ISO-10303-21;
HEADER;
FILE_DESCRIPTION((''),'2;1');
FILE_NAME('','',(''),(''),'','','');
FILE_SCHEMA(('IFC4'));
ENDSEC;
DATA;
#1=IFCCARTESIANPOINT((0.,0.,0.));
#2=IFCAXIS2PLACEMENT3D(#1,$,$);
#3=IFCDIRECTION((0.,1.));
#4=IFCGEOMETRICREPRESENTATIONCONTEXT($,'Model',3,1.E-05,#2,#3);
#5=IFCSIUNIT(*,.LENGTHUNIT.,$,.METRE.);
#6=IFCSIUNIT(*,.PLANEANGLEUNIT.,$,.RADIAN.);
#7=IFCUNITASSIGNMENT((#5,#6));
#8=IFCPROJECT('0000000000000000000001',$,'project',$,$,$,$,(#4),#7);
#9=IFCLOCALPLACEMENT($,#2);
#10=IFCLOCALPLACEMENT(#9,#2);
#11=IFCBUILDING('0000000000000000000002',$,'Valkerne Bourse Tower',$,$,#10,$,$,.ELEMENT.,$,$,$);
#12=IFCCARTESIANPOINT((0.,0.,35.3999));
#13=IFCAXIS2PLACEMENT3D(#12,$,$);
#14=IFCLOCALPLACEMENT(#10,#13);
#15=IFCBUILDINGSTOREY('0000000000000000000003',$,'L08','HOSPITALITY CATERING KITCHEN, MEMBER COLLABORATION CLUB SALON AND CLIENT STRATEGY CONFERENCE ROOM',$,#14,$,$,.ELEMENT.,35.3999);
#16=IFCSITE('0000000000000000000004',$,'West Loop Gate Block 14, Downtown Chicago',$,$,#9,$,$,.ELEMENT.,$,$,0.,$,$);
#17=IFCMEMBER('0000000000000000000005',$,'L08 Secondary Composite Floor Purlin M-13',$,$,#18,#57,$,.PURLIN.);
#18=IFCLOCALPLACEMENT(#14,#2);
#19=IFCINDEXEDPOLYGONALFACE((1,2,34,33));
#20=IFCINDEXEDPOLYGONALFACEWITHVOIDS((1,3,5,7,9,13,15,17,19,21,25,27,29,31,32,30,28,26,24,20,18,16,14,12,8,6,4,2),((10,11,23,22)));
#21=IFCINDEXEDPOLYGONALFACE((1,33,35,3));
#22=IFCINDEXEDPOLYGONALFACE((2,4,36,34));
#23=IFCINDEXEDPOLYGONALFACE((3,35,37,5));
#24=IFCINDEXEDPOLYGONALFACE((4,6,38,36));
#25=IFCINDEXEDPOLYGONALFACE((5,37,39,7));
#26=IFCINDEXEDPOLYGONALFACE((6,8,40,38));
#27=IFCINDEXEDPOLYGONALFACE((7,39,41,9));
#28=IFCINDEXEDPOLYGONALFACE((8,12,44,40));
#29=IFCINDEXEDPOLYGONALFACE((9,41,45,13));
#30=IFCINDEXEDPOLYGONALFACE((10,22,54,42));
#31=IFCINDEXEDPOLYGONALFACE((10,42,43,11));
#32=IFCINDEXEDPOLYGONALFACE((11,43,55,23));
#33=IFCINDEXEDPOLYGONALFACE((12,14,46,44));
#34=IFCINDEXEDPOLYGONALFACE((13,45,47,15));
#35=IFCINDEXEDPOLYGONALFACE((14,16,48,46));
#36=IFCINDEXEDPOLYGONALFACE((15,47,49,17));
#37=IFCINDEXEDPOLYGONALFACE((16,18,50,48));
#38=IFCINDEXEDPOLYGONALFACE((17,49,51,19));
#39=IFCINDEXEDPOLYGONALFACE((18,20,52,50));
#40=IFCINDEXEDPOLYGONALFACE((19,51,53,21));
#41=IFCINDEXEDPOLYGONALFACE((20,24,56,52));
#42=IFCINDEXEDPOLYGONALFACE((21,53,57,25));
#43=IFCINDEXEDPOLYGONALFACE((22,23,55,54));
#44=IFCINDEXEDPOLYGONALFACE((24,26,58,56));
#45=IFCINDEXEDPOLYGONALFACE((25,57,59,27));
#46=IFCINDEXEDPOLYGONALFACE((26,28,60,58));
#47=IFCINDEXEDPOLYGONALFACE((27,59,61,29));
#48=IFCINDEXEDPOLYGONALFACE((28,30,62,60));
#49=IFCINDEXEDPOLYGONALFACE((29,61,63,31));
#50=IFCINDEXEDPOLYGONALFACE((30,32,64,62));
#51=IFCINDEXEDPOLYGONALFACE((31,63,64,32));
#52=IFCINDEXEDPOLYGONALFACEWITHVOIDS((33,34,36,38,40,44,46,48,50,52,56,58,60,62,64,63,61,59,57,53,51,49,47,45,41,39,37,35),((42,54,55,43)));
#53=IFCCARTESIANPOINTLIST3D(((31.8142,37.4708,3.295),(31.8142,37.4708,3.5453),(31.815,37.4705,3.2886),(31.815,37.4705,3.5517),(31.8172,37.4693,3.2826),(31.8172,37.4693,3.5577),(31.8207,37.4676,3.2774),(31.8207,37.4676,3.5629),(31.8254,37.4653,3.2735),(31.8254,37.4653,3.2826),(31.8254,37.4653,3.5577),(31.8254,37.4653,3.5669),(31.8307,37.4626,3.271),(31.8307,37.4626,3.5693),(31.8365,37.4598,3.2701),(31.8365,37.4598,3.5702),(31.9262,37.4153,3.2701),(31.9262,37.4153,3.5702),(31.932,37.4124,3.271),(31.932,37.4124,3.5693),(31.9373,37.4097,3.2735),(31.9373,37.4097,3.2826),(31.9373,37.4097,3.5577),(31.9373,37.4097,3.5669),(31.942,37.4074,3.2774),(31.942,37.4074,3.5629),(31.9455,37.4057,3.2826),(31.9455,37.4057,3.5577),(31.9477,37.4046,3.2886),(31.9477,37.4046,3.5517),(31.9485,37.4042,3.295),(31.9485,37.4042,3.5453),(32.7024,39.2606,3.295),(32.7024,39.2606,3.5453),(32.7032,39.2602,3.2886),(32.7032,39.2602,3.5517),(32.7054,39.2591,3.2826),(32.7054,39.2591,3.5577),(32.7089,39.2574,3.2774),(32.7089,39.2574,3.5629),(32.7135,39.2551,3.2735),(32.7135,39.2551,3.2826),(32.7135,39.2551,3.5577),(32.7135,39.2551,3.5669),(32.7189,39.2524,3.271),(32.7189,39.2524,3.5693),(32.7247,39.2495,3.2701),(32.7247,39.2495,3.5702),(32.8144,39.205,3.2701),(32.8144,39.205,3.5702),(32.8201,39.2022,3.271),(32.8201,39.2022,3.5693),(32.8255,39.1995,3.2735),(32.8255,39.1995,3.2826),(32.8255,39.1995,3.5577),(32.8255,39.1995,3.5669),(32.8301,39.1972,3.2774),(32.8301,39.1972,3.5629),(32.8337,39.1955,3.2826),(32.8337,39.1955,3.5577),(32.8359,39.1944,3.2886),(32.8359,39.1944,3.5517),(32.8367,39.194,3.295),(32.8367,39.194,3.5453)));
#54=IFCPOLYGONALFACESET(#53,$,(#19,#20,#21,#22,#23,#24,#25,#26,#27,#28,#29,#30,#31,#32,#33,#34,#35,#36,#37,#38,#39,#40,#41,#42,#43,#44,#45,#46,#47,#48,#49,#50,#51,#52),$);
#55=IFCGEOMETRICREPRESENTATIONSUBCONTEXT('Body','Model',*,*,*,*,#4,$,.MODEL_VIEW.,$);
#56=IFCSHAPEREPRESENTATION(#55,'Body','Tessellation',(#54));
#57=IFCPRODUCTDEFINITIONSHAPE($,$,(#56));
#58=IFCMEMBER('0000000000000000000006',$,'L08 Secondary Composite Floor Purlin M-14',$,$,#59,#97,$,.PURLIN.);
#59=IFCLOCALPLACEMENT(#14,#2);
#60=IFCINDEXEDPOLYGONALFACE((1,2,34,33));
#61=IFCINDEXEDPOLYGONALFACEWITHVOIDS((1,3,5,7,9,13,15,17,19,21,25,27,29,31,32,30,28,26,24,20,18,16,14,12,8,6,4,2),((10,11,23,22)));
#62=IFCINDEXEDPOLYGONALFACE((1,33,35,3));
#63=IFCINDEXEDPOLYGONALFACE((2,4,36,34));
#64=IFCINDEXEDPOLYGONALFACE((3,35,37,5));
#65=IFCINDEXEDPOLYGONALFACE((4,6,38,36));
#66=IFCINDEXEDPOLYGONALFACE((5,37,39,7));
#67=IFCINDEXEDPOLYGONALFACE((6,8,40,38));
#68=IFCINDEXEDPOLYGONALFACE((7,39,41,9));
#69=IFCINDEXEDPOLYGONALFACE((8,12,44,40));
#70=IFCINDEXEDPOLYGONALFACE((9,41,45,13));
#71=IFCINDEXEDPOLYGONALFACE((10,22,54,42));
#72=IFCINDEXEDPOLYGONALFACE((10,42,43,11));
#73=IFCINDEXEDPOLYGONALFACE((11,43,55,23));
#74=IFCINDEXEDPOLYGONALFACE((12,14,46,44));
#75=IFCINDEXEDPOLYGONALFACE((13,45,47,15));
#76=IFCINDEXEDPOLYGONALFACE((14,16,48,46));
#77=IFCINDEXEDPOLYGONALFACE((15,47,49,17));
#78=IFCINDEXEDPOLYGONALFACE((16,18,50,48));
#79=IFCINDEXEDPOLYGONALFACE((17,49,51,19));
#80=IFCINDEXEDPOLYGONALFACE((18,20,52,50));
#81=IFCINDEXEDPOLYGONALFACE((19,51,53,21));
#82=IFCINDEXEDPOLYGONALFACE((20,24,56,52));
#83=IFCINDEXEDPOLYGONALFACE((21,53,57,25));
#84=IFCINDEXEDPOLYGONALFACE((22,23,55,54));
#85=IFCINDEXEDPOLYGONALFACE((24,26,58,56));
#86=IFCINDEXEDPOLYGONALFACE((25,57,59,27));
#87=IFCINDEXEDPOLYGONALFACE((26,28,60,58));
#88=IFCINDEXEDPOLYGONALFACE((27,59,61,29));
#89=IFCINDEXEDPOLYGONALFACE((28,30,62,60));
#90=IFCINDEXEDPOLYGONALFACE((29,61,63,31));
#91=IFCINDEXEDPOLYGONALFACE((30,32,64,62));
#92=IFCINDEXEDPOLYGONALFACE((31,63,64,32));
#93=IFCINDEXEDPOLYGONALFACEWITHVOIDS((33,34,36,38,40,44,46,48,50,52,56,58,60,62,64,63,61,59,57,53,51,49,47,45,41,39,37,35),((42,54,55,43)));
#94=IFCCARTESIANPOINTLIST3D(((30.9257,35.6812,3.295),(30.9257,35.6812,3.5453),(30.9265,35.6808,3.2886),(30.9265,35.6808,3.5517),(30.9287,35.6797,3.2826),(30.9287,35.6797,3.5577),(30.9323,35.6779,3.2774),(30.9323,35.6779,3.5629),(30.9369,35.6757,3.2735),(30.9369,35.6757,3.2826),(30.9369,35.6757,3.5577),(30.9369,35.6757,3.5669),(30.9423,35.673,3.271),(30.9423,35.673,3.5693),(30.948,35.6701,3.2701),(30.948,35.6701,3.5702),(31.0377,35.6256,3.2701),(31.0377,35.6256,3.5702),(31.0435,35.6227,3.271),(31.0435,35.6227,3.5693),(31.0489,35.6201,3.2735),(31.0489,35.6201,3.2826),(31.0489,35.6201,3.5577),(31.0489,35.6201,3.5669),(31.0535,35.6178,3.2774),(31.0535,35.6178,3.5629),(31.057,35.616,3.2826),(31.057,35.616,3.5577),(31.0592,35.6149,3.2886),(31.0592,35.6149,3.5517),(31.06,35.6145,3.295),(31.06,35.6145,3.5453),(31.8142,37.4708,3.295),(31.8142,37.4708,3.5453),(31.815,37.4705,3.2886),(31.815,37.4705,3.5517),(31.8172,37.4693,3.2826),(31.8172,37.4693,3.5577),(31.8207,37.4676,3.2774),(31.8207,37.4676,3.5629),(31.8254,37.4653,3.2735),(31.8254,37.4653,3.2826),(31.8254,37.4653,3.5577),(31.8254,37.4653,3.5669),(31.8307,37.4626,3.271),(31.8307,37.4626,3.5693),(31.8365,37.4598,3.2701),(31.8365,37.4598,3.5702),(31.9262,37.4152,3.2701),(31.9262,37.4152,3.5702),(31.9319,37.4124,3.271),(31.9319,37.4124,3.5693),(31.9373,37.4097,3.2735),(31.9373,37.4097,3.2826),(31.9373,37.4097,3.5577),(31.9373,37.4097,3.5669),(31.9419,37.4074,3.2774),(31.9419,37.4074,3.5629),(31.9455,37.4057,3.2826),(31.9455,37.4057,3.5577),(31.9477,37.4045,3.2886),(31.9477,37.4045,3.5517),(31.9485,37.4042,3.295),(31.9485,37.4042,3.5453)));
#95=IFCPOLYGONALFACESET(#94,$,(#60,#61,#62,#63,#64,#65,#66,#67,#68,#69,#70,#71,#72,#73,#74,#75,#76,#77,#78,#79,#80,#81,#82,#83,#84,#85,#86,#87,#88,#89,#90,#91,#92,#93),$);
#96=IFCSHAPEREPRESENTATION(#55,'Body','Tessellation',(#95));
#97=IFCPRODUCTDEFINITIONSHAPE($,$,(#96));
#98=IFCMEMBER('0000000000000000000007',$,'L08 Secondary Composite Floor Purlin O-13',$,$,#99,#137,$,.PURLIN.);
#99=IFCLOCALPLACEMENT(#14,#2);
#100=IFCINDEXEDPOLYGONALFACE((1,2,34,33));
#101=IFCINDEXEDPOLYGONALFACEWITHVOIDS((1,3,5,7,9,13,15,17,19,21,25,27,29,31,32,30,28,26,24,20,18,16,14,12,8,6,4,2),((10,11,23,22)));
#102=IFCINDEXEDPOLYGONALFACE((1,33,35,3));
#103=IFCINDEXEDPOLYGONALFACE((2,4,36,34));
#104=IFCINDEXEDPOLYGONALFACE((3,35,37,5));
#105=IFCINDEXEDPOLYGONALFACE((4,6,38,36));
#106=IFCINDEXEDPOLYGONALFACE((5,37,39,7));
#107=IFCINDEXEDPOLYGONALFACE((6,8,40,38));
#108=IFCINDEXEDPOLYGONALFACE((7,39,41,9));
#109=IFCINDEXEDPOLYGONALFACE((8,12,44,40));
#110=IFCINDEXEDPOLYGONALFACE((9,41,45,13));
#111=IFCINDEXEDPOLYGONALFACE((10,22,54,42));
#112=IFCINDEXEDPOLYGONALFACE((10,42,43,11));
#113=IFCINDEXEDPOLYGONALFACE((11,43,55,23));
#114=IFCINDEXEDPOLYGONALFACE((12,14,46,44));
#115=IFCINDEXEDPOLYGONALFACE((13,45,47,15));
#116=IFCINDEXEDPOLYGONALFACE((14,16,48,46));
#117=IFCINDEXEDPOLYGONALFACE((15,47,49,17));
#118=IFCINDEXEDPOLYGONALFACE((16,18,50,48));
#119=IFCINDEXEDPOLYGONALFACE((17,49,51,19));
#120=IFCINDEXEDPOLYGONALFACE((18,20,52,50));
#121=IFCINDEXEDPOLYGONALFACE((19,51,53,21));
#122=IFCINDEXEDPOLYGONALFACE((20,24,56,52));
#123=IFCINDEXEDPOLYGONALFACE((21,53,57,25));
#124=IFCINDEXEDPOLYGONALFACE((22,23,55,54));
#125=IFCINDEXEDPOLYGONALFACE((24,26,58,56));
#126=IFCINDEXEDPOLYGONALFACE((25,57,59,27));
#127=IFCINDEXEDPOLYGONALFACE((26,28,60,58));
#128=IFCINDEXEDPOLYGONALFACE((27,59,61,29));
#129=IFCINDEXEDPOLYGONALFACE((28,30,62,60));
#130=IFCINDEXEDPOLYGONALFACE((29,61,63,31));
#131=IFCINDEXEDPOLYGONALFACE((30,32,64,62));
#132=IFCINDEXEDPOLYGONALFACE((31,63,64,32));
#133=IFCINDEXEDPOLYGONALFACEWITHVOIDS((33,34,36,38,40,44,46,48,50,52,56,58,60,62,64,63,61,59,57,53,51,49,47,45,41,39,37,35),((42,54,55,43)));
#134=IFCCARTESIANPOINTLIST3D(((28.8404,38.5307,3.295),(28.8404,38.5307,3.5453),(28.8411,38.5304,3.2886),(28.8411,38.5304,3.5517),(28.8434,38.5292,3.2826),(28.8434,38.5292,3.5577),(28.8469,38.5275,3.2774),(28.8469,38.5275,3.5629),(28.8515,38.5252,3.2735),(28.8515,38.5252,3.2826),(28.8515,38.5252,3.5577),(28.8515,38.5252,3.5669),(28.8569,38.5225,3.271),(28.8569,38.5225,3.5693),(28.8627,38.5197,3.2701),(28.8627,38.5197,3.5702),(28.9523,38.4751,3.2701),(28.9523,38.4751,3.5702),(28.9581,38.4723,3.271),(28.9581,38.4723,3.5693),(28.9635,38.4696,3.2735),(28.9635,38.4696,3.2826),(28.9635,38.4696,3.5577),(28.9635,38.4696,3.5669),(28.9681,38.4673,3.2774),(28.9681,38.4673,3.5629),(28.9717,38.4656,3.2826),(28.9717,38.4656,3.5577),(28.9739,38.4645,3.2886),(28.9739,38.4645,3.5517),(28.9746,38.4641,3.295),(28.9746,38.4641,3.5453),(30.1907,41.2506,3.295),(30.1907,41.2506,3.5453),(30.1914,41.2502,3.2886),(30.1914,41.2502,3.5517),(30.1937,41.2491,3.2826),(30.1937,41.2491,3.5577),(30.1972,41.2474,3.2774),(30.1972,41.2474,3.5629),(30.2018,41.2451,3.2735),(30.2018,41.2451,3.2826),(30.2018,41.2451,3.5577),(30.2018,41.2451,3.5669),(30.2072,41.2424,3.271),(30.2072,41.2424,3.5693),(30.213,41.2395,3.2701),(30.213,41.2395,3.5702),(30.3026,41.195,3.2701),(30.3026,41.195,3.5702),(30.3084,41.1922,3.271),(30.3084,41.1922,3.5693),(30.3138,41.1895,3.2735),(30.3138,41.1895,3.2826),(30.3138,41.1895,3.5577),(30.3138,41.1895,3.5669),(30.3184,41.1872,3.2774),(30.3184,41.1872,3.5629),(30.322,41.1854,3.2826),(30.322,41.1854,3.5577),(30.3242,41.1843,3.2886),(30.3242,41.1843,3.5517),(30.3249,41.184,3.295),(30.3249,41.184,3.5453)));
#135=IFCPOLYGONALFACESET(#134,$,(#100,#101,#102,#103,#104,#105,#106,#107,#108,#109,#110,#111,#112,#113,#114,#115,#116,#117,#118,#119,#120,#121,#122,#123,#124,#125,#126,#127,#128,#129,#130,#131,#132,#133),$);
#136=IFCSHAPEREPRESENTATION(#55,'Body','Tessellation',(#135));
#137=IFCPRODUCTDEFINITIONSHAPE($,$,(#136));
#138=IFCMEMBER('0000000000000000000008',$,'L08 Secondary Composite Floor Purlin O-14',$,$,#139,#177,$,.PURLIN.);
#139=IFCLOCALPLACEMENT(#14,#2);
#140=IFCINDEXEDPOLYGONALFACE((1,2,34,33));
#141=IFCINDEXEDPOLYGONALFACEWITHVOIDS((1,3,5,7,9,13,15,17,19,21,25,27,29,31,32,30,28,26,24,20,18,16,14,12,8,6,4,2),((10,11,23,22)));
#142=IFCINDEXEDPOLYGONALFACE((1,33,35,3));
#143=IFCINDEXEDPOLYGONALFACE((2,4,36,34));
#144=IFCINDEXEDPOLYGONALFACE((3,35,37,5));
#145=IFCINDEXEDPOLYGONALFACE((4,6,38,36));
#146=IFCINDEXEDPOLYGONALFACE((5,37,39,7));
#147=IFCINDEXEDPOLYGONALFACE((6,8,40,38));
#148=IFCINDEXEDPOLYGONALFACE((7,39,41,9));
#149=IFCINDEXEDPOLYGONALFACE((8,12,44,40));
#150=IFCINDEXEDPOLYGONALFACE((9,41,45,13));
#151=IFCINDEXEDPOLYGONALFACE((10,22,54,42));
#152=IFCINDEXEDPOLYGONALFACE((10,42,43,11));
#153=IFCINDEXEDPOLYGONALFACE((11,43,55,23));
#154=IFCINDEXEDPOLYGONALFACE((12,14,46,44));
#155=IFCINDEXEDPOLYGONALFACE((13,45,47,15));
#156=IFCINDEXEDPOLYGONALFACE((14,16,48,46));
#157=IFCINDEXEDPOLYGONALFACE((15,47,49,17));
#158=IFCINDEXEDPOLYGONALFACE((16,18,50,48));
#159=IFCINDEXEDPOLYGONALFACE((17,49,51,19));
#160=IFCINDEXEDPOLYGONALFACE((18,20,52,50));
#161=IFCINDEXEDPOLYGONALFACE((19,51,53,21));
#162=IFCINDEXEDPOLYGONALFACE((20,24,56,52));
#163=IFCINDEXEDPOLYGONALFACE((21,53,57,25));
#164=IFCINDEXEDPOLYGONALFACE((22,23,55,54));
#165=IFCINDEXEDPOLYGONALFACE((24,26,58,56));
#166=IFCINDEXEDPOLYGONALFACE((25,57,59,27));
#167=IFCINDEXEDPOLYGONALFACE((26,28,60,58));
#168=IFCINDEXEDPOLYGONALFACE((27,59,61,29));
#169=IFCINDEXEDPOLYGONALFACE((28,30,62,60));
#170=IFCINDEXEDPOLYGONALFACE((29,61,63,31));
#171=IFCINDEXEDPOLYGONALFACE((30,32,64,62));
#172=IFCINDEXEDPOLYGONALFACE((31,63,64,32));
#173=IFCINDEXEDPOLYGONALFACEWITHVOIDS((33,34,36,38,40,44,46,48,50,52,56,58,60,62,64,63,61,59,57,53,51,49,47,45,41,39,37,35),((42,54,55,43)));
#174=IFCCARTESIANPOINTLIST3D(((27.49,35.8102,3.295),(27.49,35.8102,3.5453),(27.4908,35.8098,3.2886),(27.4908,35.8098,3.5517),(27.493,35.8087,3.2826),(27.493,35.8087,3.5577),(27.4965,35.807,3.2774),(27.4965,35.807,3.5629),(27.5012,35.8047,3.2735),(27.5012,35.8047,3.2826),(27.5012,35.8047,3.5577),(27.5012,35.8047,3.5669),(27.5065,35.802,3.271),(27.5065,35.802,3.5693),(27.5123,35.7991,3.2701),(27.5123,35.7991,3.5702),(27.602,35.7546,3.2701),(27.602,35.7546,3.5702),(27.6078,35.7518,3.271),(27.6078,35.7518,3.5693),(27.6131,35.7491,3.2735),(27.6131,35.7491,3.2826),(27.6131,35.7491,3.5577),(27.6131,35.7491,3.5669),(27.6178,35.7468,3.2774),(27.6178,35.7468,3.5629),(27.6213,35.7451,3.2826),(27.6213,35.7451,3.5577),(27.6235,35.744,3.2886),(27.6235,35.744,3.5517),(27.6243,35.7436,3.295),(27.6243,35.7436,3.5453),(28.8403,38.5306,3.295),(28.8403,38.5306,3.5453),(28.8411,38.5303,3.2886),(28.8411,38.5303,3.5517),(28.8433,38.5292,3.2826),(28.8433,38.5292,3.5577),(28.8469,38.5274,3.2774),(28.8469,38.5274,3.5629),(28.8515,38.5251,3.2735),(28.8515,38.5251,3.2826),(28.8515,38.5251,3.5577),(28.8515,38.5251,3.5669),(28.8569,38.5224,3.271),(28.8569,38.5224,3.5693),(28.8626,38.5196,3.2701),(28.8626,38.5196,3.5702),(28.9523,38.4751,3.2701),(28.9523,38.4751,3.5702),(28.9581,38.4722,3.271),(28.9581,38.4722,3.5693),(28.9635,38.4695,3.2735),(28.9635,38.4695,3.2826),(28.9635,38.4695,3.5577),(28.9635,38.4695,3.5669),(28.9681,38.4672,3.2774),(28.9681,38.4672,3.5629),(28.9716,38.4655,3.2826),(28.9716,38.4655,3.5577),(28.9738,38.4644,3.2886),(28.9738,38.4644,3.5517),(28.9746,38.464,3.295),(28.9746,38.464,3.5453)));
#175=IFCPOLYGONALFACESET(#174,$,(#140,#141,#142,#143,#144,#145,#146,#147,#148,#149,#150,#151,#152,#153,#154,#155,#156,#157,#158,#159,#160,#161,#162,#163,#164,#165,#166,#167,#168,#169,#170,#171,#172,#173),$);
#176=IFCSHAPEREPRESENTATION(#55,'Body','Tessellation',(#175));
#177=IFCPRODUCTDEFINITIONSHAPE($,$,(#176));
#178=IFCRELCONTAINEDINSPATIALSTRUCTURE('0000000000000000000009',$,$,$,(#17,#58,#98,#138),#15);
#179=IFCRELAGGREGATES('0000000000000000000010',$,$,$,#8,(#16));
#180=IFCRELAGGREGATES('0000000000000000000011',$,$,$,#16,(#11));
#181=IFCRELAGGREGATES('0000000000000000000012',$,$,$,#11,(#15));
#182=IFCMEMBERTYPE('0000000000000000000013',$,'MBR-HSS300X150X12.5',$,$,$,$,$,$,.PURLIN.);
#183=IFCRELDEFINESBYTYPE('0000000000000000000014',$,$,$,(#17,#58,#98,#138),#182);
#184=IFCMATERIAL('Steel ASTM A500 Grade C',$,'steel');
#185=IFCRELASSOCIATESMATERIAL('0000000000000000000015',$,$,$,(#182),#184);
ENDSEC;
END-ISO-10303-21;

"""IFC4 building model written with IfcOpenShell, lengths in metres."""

from ifc_helpers import new_model, si_unit, direction, frame, origin, origin_2d, place, context, subcontext, project, spatial, hollow_rectangle, extrude, material, material_profile, profile_set, type_object, element, save


model = new_model("IFC4")

# Units and contexts
model_context = context("Model", 3, precision=1e-05, world=origin(), true_north=direction((0.0, 1.0)))
body_context = subcontext(model_context, "Body", "Model", "MODEL_VIEW")
ifc_project = project(units=[si_unit("LENGTHUNIT", "METRE"), si_unit("PLANEANGLEUNIT", "RADIAN")], contexts=[model_context])

# Site, building, storey
site_placement = place(None, origin())
site = spatial("IfcSite", under=ifc_project, at=site_placement, Name="West Loop Gate Block 14, Downtown Chicago", CompositionType="ELEMENT", RefElevation=0.0)
building_placement = place(site_placement, origin())
building = spatial("IfcBuilding", under=site, at=building_placement, Name="Valkerne Bourse Tower", CompositionType="ELEMENT")
storey_placement = place(building_placement, frame((0.0, 0.0, 35.3999)))
storey = spatial("IfcBuildingStorey", under=building, at=storey_placement, Name="L08", Description="HOSPITALITY CATERING KITCHEN, MEMBER COLLABORATION CLUB SALON AND CLIENT STRATEGY CONFERENCE ROOM", CompositionType="ELEMENT", Elevation=35.3999)

# Members
ifc_material_1 = material(Name="Steel ASTM A500 Grade C", Category="steel")
ifc_material_profile_1 = material_profile(ifc_material_1, hollow_rectangle(XDim=0.1499, YDim=0.3, WallThickness=0.0125, OuterFilletRadius=0.0249, at=origin_2d()), Name="HSS300X150X12.5")
ifc_profile_set_1 = profile_set([ifc_material_profile_1], Name="Steel ASTM A500 Grade C")
member_type_1 = type_object("IfcMemberType", Name="MBR-HSS300X150X12.5", PredefinedType="PURLIN", material=ifc_profile_set_1)
for number, where, z_axis, x_axis, name in (
    (1, (32.7695, 39.2273, 3.4202), (-0.444523, -0.895767, 0.0), (0.895767, -0.444523, 0.0), "L08 Secondary Composite Floor Purlin M-13"),
    (2, (31.8813, 37.4375, 3.4202), (-0.44467, -0.895694, 0.0), (0.895694, -0.44467, 0.0), "L08 Secondary Composite Floor Purlin M-14"),
):
    element("IfcMember", number, at=place(storey_placement, frame(where, z_axis=z_axis, x_axis=x_axis)), inside=storey, type_object=member_type_1, Name=name, PredefinedType="PURLIN", context=body_context, shape_type="SweptSolid", body=[
        extrude(hollow_rectangle(XDim=0.1499, YDim=0.3, WallThickness=0.0125, OuterFilletRadius=0.0249, at=origin_2d()), origin(), (0.0, 0.0, 1.0), 1.998),
    ])
member_1_placement = place(storey_placement, frame((30.2578, 41.2173, 3.4202), z_axis=(-0.444671, -0.895694, 0.0), x_axis=(0.895694, -0.444671, 0.0)))
element("IfcMember", 3, at=member_1_placement, inside=storey, type_object=member_type_1, Name="L08 Secondary Composite Floor Purlin O-13", PredefinedType="PURLIN", context=body_context, shape_type="SweptSolid", body=[
    extrude(hollow_rectangle(XDim=0.1499, YDim=0.3, WallThickness=0.0125, OuterFilletRadius=0.0249, at=origin_2d()), origin(), (0.0, 0.0, 1.0), 3.0366),
])
member_2_placement = place(storey_placement, frame((28.9075, 38.4973, 3.4202), z_axis=(-0.444607, -0.895726, 0.0), x_axis=(0.895726, -0.444607, 0.0)))
element("IfcMember", 4, at=member_2_placement, inside=storey, type_object=member_type_1, Name="L08 Secondary Composite Floor Purlin O-14", PredefinedType="PURLIN", context=body_context, shape_type="SweptSolid", body=[
    extrude(hollow_rectangle(XDim=0.1499, YDim=0.3, WallThickness=0.0125, OuterFilletRadius=0.0249, at=origin_2d()), origin(), (0.0, 0.0, 1.0), 3.0371),
])

save(model, "model.ifc")
